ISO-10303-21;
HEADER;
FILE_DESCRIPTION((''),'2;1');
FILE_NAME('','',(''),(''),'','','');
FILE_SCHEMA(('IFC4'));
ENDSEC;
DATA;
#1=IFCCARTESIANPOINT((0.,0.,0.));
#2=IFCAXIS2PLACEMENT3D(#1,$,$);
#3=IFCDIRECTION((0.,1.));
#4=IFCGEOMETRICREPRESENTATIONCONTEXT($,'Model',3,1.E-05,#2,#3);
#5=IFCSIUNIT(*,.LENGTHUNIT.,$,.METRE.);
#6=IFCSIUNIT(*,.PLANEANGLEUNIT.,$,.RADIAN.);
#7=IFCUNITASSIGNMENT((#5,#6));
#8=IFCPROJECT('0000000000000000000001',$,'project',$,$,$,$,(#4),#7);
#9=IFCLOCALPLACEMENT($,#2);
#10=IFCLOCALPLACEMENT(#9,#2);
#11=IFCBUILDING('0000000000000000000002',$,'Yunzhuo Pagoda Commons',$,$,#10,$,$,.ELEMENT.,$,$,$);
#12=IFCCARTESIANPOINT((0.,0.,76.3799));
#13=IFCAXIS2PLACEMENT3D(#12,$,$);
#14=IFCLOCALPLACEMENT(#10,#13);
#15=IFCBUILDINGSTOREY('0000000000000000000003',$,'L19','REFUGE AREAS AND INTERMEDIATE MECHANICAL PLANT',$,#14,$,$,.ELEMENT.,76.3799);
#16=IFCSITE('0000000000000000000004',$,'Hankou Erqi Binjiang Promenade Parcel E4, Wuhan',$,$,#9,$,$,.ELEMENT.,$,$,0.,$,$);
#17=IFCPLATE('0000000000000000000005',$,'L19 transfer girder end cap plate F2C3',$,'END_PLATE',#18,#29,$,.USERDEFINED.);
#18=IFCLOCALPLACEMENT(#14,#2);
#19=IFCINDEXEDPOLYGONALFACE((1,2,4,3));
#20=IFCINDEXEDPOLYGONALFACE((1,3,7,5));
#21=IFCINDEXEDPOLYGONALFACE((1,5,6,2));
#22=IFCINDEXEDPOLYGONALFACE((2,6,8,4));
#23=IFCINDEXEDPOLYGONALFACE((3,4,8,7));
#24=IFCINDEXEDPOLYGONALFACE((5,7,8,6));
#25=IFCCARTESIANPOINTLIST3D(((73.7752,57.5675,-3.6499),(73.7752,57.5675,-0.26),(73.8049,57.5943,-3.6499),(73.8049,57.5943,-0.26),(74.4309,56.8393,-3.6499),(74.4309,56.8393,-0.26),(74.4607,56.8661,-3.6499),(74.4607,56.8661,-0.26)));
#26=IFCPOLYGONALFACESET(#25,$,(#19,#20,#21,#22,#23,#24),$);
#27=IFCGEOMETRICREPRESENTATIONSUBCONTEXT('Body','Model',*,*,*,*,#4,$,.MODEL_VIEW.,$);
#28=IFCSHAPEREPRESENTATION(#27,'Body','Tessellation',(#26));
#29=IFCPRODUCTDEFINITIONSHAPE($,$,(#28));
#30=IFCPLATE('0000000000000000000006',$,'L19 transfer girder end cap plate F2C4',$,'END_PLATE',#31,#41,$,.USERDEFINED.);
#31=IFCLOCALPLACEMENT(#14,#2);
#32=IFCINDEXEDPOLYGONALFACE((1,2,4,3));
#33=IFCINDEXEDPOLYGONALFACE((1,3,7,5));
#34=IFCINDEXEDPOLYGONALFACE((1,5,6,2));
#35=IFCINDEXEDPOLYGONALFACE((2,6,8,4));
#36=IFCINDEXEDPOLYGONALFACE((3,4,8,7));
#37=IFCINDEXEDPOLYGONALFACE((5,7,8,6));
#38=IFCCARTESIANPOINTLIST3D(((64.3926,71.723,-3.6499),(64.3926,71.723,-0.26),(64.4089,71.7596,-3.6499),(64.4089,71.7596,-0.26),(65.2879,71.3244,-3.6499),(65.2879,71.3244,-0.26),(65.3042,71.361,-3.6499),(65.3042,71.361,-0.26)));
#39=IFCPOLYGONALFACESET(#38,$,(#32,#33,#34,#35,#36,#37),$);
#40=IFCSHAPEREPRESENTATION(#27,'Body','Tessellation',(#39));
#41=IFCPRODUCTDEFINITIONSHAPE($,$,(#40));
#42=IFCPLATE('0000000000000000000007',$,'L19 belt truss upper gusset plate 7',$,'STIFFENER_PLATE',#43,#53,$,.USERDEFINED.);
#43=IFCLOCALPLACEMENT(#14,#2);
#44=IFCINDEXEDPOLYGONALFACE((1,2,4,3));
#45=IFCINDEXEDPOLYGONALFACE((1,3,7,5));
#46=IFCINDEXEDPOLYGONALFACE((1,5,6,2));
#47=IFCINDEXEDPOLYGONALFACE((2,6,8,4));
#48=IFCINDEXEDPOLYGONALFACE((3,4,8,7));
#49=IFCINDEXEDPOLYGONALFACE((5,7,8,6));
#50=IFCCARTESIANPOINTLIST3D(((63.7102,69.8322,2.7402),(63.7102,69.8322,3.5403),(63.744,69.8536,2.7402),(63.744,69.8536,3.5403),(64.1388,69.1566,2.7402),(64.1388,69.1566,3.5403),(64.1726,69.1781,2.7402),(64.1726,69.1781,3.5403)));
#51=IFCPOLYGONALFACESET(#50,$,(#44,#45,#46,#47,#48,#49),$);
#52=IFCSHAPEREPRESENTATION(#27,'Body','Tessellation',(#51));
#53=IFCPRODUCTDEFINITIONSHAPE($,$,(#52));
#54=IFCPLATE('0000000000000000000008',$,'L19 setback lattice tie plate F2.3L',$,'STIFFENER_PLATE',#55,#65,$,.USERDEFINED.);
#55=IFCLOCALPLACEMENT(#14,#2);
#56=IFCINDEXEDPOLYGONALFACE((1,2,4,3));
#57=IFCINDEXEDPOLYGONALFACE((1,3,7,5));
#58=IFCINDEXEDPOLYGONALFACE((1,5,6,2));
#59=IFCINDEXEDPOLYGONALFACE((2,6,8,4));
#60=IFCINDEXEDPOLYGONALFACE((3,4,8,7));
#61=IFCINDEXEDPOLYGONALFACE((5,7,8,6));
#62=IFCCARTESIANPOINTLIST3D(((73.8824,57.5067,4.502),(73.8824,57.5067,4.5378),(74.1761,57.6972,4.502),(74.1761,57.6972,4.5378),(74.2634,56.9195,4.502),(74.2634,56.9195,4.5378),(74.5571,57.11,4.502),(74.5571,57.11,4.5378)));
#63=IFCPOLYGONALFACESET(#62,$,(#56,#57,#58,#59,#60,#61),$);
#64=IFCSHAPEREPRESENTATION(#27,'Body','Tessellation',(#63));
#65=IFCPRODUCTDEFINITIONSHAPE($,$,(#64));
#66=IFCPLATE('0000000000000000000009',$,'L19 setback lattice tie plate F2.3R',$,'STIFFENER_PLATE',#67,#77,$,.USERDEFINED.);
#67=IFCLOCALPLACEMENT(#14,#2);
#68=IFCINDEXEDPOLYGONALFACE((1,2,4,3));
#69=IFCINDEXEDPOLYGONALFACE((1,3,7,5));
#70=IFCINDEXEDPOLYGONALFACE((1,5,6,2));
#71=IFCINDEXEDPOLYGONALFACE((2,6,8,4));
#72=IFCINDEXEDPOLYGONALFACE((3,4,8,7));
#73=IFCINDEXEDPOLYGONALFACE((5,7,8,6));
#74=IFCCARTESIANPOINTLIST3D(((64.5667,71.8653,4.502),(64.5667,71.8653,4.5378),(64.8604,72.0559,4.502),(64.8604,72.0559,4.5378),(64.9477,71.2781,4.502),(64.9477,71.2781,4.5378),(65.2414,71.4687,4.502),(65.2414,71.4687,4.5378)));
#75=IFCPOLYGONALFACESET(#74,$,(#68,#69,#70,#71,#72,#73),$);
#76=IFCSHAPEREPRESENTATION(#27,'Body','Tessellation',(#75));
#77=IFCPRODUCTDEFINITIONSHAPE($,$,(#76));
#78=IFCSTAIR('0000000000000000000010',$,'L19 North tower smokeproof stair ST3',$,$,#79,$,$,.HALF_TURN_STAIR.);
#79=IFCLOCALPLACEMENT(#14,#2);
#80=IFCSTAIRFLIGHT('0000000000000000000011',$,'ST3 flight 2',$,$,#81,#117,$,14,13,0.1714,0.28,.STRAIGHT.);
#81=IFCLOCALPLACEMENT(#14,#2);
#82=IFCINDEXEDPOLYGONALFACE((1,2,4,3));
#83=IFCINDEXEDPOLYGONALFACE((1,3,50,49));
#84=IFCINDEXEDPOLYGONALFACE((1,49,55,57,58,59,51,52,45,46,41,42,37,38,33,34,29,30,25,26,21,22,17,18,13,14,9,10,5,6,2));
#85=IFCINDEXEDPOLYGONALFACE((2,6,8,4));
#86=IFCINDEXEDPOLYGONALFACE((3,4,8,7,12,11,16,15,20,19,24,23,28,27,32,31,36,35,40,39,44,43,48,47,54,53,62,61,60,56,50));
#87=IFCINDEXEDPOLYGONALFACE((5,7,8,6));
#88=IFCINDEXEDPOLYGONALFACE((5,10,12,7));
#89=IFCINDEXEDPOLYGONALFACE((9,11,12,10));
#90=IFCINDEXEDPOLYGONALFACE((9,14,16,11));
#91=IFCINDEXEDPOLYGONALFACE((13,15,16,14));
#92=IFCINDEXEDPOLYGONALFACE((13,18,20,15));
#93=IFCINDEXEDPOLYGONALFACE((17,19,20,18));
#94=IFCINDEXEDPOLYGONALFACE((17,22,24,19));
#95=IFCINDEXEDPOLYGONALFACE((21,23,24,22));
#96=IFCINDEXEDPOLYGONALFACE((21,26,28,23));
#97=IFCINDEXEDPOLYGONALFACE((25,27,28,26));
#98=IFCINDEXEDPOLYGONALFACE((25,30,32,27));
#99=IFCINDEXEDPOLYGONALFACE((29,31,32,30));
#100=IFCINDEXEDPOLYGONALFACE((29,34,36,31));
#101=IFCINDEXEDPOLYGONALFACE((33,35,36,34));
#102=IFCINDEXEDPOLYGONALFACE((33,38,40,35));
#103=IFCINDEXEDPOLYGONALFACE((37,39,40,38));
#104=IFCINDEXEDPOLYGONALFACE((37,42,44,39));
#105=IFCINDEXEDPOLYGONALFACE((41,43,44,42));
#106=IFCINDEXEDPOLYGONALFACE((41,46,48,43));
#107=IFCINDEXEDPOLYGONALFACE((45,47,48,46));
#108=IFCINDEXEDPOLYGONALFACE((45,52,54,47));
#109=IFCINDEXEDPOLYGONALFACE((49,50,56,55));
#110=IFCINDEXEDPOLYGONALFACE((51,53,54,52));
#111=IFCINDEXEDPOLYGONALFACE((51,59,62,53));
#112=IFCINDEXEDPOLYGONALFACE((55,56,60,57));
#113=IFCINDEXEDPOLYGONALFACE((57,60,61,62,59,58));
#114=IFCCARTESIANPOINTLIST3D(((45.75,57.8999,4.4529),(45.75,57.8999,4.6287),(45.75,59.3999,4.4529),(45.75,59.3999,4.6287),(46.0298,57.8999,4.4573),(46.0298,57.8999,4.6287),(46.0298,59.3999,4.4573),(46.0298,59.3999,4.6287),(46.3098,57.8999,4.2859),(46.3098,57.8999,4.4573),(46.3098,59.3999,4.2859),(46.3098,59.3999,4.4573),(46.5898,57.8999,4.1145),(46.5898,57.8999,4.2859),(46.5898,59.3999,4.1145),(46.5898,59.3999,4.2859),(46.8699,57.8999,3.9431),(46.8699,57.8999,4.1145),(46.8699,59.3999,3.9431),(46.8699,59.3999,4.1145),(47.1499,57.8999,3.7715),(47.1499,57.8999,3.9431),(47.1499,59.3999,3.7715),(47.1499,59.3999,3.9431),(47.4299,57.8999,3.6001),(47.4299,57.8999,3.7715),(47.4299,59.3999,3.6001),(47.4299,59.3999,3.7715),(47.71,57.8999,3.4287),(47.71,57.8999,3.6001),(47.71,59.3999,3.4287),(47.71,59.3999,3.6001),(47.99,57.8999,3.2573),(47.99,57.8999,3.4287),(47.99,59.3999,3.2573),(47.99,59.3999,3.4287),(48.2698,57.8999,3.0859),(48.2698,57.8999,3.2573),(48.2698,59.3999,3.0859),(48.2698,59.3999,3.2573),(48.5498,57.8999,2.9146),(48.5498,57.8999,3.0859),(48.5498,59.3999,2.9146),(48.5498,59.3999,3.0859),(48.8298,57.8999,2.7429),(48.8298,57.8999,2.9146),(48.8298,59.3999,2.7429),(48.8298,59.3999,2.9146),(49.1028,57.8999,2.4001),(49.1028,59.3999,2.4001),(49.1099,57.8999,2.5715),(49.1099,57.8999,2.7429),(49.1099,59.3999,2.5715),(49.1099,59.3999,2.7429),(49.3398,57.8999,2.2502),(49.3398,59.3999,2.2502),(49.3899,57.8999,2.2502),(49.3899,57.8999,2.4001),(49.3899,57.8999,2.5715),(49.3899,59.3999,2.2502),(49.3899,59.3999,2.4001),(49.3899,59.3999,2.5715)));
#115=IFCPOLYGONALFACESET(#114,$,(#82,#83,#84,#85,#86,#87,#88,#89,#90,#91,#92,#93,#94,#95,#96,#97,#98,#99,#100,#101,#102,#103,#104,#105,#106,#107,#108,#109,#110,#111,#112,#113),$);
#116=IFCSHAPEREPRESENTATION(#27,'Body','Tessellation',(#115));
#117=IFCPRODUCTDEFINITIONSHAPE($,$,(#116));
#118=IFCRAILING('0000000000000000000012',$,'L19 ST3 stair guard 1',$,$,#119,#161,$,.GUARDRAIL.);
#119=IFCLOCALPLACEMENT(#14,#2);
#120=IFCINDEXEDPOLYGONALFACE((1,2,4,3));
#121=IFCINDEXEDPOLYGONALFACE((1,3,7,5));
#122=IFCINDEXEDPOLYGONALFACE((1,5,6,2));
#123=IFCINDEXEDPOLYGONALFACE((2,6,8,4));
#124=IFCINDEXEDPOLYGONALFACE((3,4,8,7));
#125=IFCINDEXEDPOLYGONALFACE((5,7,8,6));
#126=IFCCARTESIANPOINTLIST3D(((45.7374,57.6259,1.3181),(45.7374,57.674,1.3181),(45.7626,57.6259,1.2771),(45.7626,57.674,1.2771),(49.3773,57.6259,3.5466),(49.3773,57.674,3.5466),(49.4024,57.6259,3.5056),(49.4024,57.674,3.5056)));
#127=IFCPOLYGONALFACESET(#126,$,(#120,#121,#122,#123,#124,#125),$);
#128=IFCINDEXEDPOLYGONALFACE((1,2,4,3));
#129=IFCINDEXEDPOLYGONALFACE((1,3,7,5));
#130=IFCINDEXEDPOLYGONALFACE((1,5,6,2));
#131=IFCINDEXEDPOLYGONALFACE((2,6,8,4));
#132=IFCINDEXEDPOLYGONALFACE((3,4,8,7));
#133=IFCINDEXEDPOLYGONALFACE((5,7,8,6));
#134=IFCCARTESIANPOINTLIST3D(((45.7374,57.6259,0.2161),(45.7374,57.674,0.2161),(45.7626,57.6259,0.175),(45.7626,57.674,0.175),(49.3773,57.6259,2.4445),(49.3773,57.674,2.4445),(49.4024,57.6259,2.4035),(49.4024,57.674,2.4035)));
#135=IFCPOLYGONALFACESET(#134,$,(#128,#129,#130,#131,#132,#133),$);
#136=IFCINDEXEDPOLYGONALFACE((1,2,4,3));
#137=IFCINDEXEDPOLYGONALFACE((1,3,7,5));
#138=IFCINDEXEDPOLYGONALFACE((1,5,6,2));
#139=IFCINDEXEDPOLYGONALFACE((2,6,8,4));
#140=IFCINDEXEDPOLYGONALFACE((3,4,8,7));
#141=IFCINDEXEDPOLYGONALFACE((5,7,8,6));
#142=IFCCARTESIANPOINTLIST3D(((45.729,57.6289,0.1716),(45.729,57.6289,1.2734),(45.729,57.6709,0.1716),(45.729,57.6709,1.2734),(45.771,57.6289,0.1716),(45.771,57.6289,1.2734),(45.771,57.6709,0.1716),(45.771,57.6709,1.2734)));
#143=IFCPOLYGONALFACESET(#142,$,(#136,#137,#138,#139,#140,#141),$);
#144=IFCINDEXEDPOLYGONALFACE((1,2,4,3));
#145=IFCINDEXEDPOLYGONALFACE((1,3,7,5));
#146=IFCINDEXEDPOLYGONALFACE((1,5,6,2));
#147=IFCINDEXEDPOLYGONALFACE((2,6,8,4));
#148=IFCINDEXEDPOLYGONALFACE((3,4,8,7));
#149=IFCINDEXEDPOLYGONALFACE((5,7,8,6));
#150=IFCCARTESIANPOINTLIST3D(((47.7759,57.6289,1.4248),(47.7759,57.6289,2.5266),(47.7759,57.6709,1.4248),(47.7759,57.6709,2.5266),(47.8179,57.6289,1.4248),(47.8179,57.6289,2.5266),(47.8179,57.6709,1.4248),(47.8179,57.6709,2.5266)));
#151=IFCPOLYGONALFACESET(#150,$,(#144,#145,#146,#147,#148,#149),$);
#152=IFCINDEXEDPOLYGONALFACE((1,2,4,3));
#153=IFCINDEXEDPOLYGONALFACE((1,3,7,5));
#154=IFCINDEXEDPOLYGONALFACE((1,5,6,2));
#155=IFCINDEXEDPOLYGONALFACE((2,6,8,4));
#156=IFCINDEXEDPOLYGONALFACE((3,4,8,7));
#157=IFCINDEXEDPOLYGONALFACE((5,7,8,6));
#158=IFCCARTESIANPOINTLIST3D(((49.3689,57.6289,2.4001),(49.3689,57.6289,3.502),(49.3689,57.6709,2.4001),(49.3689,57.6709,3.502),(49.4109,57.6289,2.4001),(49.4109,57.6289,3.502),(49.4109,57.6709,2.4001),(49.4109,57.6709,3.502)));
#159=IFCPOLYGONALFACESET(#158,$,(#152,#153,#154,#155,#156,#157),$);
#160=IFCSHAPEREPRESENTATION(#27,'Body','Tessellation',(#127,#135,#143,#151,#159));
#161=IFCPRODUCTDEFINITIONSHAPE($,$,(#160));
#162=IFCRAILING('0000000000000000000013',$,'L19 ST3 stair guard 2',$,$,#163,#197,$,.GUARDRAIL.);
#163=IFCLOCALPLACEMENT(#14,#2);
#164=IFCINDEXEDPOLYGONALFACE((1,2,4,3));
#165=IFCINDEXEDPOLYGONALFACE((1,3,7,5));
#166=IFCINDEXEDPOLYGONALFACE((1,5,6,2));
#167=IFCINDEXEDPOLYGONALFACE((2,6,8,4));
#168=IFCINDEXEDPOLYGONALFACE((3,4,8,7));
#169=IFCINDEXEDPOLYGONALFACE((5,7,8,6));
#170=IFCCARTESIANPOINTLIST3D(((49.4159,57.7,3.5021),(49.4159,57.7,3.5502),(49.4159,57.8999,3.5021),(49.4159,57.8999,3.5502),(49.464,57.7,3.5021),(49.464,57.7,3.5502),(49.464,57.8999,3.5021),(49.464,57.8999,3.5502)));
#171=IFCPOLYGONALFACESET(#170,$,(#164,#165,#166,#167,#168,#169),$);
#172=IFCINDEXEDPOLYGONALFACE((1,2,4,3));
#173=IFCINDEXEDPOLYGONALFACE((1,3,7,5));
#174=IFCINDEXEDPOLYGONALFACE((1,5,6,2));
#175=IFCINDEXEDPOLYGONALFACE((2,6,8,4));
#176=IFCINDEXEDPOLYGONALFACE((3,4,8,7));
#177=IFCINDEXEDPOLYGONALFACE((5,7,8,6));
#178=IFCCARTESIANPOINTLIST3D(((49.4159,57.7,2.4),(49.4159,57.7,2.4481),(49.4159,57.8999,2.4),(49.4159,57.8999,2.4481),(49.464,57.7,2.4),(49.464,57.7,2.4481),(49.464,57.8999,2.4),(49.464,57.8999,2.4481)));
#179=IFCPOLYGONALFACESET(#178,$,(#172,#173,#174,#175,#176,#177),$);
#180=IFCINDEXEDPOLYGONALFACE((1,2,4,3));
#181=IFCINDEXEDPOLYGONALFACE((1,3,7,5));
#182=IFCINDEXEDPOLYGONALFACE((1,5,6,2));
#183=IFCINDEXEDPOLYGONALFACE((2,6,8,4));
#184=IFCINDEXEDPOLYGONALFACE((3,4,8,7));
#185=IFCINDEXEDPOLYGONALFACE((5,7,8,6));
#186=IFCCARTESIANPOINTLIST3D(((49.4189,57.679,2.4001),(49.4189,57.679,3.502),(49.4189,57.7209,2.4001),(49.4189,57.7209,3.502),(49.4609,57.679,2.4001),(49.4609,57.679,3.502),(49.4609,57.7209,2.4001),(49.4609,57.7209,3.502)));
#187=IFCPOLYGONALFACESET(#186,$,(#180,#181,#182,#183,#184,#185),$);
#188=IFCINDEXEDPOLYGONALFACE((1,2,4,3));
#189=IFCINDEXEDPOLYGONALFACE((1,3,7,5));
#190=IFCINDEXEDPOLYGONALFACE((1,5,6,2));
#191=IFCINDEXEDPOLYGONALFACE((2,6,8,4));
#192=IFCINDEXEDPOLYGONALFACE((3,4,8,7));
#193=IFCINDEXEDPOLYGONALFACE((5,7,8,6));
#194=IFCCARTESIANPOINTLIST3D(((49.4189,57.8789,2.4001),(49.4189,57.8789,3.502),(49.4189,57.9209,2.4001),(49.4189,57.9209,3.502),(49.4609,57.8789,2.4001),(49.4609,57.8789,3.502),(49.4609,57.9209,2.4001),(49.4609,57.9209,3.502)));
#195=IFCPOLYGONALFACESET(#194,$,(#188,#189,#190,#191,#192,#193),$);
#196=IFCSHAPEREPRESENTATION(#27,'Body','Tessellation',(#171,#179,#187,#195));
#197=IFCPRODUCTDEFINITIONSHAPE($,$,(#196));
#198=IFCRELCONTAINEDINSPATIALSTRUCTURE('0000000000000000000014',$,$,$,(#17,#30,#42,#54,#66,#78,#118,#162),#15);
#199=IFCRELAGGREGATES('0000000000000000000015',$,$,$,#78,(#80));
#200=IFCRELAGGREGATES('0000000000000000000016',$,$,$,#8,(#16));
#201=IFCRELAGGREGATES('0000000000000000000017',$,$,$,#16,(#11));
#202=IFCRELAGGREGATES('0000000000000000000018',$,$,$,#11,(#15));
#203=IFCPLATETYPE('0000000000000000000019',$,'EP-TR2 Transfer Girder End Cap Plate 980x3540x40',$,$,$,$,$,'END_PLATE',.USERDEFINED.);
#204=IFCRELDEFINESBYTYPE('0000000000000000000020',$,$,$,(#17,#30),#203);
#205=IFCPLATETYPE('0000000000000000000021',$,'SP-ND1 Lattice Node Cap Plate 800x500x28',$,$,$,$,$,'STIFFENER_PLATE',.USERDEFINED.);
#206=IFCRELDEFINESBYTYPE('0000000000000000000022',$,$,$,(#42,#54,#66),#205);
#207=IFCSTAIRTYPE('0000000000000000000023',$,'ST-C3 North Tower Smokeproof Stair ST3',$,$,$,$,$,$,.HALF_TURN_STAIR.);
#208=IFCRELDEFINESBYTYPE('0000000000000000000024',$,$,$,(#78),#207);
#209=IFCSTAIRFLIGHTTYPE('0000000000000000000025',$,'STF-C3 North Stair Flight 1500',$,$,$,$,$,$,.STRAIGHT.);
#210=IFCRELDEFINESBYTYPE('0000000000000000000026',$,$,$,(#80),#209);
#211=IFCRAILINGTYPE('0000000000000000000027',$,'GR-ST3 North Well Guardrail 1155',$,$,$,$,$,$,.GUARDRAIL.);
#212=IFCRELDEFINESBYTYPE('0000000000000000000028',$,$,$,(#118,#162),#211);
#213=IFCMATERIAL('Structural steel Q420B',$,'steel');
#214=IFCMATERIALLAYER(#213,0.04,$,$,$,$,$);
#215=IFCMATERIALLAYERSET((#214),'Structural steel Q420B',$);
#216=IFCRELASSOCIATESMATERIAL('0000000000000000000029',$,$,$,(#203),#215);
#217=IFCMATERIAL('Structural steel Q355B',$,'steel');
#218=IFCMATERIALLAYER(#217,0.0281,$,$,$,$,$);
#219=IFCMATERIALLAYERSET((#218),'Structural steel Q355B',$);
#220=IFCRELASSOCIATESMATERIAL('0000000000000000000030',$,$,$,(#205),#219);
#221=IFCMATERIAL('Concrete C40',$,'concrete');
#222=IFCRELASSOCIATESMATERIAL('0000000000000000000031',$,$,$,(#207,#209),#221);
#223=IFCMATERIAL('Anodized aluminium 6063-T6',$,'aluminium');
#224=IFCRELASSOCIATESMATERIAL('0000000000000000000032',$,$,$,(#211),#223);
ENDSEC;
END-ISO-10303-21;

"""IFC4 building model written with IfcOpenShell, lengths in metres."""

from ifc_helpers import new_model, si_unit, direction, frame, origin, origin_2d, place, context, subcontext, project, spatial, polyline, rectangle, outline, extrude, source, transform, mapped, material, layer, layer_set, type_object, element, aggregate, save


model = new_model("IFC4")

# Units and contexts
model_context = context("Model", 3, precision=1e-05, world=origin(), true_north=direction((0.0, 1.0)))
body_context = subcontext(model_context, "Body", "Model", "MODEL_VIEW")
ifc_project = project(units=[si_unit("LENGTHUNIT", "METRE"), si_unit("PLANEANGLEUNIT", "RADIAN")], contexts=[model_context])

# Site, building, storey
site_placement = place(None, origin())
site = spatial("IfcSite", under=ifc_project, at=site_placement, Name="Hankou Erqi Binjiang Promenade Parcel E4, Wuhan", CompositionType="ELEMENT", RefElevation=0.0)
building_placement = place(site_placement, origin())
building = spatial("IfcBuilding", under=site, at=building_placement, Name="Yunzhuo Pagoda Commons", CompositionType="ELEMENT")
storey_placement = place(building_placement, frame((0.0, 0.0, 76.3799)))
storey = spatial("IfcBuildingStorey", under=building, at=storey_placement, Name="L19", Description="REFUGE AREAS AND INTERMEDIATE MECHANICAL PLANT", CompositionType="ELEMENT", Elevation=76.3799)

# Shared definitions
ifc_material_1 = material(Name="Structural steel Q420B", Category="steel")

# Shared definitions
ifc_material_2 = material(Name="Structural steel Q355B", Category="steel")

# Plates
ifc_layer_1 = layer(ifc_material_1, 0.04)
ifc_layer_set_1 = layer_set([ifc_layer_1], Name="Structural steel Q420B")
plate_type_1 = type_object("IfcPlateType", Name="EP-TR2 Transfer Girder End Cap Plate 980x3540x40", ElementType="END_PLATE", PredefinedType="USERDEFINED", material=ifc_layer_set_1)
shared_shape_1 = source(origin(), body_context, "Body", "SweptSolid", [
    extrude(rectangle(XDim=0.98, YDim=0.04, at=origin_2d()), origin(), (0.0, 0.0, 1.0), 3.3899),
])
for number, where, z_axis, x_axis, name in (
    (1, (74.1179, 57.2168, -3.6499), (0.0, 0.0, 1.0), (-0.669131, 0.743145, 0.0), "L19 transfer girder end cap plate F2C3"),
    (2, (64.8484, 71.542, -3.6499), (0.0, 0.0, 1.0), (-0.913545, 0.406737, 0.0), "L19 transfer girder end cap plate F2C4"),
):
    element("IfcPlate", number, at=place(storey_placement, frame(where, z_axis=z_axis, x_axis=x_axis)), inside=storey, type_object=plate_type_1, Name=name, ObjectType="END_PLATE", PredefinedType="USERDEFINED", context=body_context, shape_type="MappedRepresentation", body=[
        mapped(shared_shape_1, transform((0.0, 0.0, 0.0), scale=1.0)),
    ])
ifc_layer_2 = layer(ifc_material_2, 0.0281)
ifc_layer_set_2 = layer_set([ifc_layer_2], Name="Structural steel Q355B")
plate_type_2 = type_object("IfcPlateType", Name="SP-ND1 Lattice Node Cap Plate 800x500x28", ElementType="STIFFENER_PLATE", PredefinedType="USERDEFINED", material=ifc_layer_set_2)
shared_shape_2 = source(origin(), body_context, "Body", "SweptSolid", [
    extrude(rectangle(XDim=0.8, YDim=0.04, at=origin_2d()), origin(), (0.0, 0.0, 1.0), 0.8),
])
plate_placement = place(storey_placement, frame((63.9414, 69.5051, 2.7402), z_axis=(0.0, 0.0, 1.0), x_axis=(-0.535694, 0.844412, 0.0)))
element("IfcPlate", 3, at=plate_placement, inside=storey, type_object=plate_type_2, Name="L19 belt truss upper gusset plate 7", ObjectType="STIFFENER_PLATE", PredefinedType="USERDEFINED", context=body_context, shape_type="MappedRepresentation", body=[
    mapped(shared_shape_2, transform((0.0, 0.0, 0.0), scale=1.0)),
])
shared_shape_3 = source(origin(), body_context, "Body", "SweptSolid", [
    extrude(rectangle(XDim=0.7, YDim=0.3501, at=origin_2d()), origin(), (0.0, 0.0, 1.0), 0.0359),
])
for number, where, z_axis, x_axis, name in (
    (4, (74.2197, 57.3083, 4.502), (0.0, 0.0, 1.0), (-0.544273, 0.838908, 0.0), "L19 setback lattice tie plate F2.3L"),
    (5, (64.9041, 71.667, 4.502), (0.0, 0.0, 1.0), (-0.544273, 0.838908, 0.0), "L19 setback lattice tie plate F2.3R"),
):
    element("IfcPlate", number, at=place(storey_placement, frame(where, z_axis=z_axis, x_axis=x_axis)), inside=storey, type_object=plate_type_2, Name=name, ObjectType="STIFFENER_PLATE", PredefinedType="USERDEFINED", context=body_context, shape_type="MappedRepresentation", body=[
        mapped(shared_shape_3, transform((0.0, 0.0, 0.0), scale=1.0)),
    ])

# Stair, stair flight
ifc_material_3 = material(Name="Concrete C40", Category="concrete")
stair_type = type_object("IfcStairType", Name="ST-C3 North Tower Smokeproof Stair ST3", PredefinedType="HALF_TURN_STAIR", material=ifc_material_3)
stair_placement = place(storey_placement, origin())
stair = element("IfcStair", 6, at=stair_placement, inside=storey, type_object=stair_type, Name="L19 North tower smokeproof stair ST3", PredefinedType="HALF_TURN_STAIR")
stair_flight_type = type_object("IfcStairFlightType", Name="STF-C3 North Stair Flight 1500", PredefinedType="STRAIGHT", material=ifc_material_3)
shared_shape_4 = source(origin(), body_context, "Body", "SweptSolid", [
    extrude(outline(polyline([(0.0, -0.1499), (0.0, 0.0), (0.0, 0.1714), (0.28, 0.1714), (0.28, 0.3428), (0.5601, 0.3428), (0.5601, 0.5144), (0.8401, 0.5144), (0.8401, 0.6858), (1.1201, 0.6858), (1.1201, 0.8572), (1.3999, 0.8572), (1.3999, 1.0286), (1.6799, 1.0286), (1.6799, 1.2), (1.96, 1.2), (1.96, 1.3713), (2.24, 1.3713), (2.24, 1.543), (2.52, 1.543), (2.52, 1.7144), (2.8, 1.7144), (2.8, 1.8857), (3.0801, 1.8857), (3.0801, 2.0571), (3.3601, 2.0571), (3.3601, 2.2285), (3.6399, 2.2285), (3.6399, 2.3999), (3.6399, 2.0527), (0.2871, 0.0), (0.05, -0.1499), (0.0, -0.1499)])), frame((0.0, 0.75, 0.0), z_axis=(0.0, -1.0, 0.0), x_axis=(1.0, 0.0, 0.0)), (0.0, 0.0, 1.0), 1.5),
])
stair_flight_placement = place(storey_placement, frame((49.3899, 58.6499, 2.4001), z_axis=(0.0, 0.0, 1.0), x_axis=(-1.0, 0.0, 0.0)))
stair_flight = element("IfcStairFlight", 7, at=stair_flight_placement, type_object=stair_flight_type, Name="ST3 flight 2", NumberOfRisers=14, NumberOfTreads=13, PredefinedType="STRAIGHT", RiserHeight=0.1714, TreadLength=0.28, context=body_context, shape_type="MappedRepresentation", body=[
    mapped(shared_shape_4, transform((0.0, 0.0, 0.0), scale=1.0)),
])
aggregate(stair, [stair_flight])

# Railings
ifc_material_4 = material(Name="Anodized aluminium 6063-T6", Category="aluminium")
railing_type_1 = type_object("IfcRailingType", Name="GR-ST3 North Well Guardrail 1155", PredefinedType="GUARDRAIL", material=ifc_material_4)
railing_1_placement = place(storey_placement, frame((45.75, 57.6499, 0.1716)))
element("IfcRailing", 8, at=railing_1_placement, inside=storey, type_object=railing_type_1, Name="L19 ST3 stair guard 1", PredefinedType="GUARDRAIL", context=body_context, shape_type="SweptSolid", body=[
    extrude(rectangle(XDim=0.0481, YDim=0.0481, at=origin_2d()), frame((0.0, 0.0, 1.126), z_axis=(0.85285, 0.0, 0.522156), x_axis=(0.0, 1.0, 0.0)), (0.0, 0.0, 1.0), 4.2678),
    extrude(rectangle(XDim=0.0481, YDim=0.0481, at=origin_2d()), frame((0.0, 0.0, 0.0239), z_axis=(0.85285, 0.0, 0.522156), x_axis=(0.0, 1.0, 0.0)), (0.0, 0.0, 1.0), 4.2678),
    extrude(rectangle(XDim=0.042, YDim=0.042, at=origin_2d()), origin(), (0.0, 0.0, 1.0), 1.1018),
    extrude(rectangle(XDim=0.042, YDim=0.042, at=origin_2d()), frame((2.0469, 0.0, 1.2532)), (0.0, 0.0, 1.0), 1.1018),
    extrude(rectangle(XDim=0.042, YDim=0.042, at=origin_2d()), frame((3.6399, 0.0, 2.2285)), (0.0, 0.0, 1.0), 1.1018),
])
railing_2_placement = place(storey_placement, frame((49.4399, 57.7, 2.4001)))
element("IfcRailing", 9, at=railing_2_placement, inside=storey, type_object=railing_type_1, Name="L19 ST3 stair guard 2", PredefinedType="GUARDRAIL", context=body_context, shape_type="SweptSolid", body=[
    extrude(rectangle(XDim=0.0481, YDim=0.0481, at=origin_2d()), frame((0.0, 0.0, 1.126), z_axis=(0.0, 1.0, 0.0), x_axis=(-1.0, 0.0, 0.0)), (0.0, 0.0, 1.0), 0.2),
    extrude(rectangle(XDim=0.0481, YDim=0.0481, at=origin_2d()), frame((0.0, 0.0, 0.0239), z_axis=(0.0, 1.0, 0.0), x_axis=(-1.0, 0.0, 0.0)), (0.0, 0.0, 1.0), 0.2),
    extrude(rectangle(XDim=0.042, YDim=0.042, at=origin_2d()), origin(), (0.0, 0.0, 1.0), 1.1018),
    extrude(rectangle(XDim=0.042, YDim=0.042, at=origin_2d()), frame((0.0, 0.2, 0.0)), (0.0, 0.0, 1.0), 1.1018),
])

save(model, "model.ifc")
